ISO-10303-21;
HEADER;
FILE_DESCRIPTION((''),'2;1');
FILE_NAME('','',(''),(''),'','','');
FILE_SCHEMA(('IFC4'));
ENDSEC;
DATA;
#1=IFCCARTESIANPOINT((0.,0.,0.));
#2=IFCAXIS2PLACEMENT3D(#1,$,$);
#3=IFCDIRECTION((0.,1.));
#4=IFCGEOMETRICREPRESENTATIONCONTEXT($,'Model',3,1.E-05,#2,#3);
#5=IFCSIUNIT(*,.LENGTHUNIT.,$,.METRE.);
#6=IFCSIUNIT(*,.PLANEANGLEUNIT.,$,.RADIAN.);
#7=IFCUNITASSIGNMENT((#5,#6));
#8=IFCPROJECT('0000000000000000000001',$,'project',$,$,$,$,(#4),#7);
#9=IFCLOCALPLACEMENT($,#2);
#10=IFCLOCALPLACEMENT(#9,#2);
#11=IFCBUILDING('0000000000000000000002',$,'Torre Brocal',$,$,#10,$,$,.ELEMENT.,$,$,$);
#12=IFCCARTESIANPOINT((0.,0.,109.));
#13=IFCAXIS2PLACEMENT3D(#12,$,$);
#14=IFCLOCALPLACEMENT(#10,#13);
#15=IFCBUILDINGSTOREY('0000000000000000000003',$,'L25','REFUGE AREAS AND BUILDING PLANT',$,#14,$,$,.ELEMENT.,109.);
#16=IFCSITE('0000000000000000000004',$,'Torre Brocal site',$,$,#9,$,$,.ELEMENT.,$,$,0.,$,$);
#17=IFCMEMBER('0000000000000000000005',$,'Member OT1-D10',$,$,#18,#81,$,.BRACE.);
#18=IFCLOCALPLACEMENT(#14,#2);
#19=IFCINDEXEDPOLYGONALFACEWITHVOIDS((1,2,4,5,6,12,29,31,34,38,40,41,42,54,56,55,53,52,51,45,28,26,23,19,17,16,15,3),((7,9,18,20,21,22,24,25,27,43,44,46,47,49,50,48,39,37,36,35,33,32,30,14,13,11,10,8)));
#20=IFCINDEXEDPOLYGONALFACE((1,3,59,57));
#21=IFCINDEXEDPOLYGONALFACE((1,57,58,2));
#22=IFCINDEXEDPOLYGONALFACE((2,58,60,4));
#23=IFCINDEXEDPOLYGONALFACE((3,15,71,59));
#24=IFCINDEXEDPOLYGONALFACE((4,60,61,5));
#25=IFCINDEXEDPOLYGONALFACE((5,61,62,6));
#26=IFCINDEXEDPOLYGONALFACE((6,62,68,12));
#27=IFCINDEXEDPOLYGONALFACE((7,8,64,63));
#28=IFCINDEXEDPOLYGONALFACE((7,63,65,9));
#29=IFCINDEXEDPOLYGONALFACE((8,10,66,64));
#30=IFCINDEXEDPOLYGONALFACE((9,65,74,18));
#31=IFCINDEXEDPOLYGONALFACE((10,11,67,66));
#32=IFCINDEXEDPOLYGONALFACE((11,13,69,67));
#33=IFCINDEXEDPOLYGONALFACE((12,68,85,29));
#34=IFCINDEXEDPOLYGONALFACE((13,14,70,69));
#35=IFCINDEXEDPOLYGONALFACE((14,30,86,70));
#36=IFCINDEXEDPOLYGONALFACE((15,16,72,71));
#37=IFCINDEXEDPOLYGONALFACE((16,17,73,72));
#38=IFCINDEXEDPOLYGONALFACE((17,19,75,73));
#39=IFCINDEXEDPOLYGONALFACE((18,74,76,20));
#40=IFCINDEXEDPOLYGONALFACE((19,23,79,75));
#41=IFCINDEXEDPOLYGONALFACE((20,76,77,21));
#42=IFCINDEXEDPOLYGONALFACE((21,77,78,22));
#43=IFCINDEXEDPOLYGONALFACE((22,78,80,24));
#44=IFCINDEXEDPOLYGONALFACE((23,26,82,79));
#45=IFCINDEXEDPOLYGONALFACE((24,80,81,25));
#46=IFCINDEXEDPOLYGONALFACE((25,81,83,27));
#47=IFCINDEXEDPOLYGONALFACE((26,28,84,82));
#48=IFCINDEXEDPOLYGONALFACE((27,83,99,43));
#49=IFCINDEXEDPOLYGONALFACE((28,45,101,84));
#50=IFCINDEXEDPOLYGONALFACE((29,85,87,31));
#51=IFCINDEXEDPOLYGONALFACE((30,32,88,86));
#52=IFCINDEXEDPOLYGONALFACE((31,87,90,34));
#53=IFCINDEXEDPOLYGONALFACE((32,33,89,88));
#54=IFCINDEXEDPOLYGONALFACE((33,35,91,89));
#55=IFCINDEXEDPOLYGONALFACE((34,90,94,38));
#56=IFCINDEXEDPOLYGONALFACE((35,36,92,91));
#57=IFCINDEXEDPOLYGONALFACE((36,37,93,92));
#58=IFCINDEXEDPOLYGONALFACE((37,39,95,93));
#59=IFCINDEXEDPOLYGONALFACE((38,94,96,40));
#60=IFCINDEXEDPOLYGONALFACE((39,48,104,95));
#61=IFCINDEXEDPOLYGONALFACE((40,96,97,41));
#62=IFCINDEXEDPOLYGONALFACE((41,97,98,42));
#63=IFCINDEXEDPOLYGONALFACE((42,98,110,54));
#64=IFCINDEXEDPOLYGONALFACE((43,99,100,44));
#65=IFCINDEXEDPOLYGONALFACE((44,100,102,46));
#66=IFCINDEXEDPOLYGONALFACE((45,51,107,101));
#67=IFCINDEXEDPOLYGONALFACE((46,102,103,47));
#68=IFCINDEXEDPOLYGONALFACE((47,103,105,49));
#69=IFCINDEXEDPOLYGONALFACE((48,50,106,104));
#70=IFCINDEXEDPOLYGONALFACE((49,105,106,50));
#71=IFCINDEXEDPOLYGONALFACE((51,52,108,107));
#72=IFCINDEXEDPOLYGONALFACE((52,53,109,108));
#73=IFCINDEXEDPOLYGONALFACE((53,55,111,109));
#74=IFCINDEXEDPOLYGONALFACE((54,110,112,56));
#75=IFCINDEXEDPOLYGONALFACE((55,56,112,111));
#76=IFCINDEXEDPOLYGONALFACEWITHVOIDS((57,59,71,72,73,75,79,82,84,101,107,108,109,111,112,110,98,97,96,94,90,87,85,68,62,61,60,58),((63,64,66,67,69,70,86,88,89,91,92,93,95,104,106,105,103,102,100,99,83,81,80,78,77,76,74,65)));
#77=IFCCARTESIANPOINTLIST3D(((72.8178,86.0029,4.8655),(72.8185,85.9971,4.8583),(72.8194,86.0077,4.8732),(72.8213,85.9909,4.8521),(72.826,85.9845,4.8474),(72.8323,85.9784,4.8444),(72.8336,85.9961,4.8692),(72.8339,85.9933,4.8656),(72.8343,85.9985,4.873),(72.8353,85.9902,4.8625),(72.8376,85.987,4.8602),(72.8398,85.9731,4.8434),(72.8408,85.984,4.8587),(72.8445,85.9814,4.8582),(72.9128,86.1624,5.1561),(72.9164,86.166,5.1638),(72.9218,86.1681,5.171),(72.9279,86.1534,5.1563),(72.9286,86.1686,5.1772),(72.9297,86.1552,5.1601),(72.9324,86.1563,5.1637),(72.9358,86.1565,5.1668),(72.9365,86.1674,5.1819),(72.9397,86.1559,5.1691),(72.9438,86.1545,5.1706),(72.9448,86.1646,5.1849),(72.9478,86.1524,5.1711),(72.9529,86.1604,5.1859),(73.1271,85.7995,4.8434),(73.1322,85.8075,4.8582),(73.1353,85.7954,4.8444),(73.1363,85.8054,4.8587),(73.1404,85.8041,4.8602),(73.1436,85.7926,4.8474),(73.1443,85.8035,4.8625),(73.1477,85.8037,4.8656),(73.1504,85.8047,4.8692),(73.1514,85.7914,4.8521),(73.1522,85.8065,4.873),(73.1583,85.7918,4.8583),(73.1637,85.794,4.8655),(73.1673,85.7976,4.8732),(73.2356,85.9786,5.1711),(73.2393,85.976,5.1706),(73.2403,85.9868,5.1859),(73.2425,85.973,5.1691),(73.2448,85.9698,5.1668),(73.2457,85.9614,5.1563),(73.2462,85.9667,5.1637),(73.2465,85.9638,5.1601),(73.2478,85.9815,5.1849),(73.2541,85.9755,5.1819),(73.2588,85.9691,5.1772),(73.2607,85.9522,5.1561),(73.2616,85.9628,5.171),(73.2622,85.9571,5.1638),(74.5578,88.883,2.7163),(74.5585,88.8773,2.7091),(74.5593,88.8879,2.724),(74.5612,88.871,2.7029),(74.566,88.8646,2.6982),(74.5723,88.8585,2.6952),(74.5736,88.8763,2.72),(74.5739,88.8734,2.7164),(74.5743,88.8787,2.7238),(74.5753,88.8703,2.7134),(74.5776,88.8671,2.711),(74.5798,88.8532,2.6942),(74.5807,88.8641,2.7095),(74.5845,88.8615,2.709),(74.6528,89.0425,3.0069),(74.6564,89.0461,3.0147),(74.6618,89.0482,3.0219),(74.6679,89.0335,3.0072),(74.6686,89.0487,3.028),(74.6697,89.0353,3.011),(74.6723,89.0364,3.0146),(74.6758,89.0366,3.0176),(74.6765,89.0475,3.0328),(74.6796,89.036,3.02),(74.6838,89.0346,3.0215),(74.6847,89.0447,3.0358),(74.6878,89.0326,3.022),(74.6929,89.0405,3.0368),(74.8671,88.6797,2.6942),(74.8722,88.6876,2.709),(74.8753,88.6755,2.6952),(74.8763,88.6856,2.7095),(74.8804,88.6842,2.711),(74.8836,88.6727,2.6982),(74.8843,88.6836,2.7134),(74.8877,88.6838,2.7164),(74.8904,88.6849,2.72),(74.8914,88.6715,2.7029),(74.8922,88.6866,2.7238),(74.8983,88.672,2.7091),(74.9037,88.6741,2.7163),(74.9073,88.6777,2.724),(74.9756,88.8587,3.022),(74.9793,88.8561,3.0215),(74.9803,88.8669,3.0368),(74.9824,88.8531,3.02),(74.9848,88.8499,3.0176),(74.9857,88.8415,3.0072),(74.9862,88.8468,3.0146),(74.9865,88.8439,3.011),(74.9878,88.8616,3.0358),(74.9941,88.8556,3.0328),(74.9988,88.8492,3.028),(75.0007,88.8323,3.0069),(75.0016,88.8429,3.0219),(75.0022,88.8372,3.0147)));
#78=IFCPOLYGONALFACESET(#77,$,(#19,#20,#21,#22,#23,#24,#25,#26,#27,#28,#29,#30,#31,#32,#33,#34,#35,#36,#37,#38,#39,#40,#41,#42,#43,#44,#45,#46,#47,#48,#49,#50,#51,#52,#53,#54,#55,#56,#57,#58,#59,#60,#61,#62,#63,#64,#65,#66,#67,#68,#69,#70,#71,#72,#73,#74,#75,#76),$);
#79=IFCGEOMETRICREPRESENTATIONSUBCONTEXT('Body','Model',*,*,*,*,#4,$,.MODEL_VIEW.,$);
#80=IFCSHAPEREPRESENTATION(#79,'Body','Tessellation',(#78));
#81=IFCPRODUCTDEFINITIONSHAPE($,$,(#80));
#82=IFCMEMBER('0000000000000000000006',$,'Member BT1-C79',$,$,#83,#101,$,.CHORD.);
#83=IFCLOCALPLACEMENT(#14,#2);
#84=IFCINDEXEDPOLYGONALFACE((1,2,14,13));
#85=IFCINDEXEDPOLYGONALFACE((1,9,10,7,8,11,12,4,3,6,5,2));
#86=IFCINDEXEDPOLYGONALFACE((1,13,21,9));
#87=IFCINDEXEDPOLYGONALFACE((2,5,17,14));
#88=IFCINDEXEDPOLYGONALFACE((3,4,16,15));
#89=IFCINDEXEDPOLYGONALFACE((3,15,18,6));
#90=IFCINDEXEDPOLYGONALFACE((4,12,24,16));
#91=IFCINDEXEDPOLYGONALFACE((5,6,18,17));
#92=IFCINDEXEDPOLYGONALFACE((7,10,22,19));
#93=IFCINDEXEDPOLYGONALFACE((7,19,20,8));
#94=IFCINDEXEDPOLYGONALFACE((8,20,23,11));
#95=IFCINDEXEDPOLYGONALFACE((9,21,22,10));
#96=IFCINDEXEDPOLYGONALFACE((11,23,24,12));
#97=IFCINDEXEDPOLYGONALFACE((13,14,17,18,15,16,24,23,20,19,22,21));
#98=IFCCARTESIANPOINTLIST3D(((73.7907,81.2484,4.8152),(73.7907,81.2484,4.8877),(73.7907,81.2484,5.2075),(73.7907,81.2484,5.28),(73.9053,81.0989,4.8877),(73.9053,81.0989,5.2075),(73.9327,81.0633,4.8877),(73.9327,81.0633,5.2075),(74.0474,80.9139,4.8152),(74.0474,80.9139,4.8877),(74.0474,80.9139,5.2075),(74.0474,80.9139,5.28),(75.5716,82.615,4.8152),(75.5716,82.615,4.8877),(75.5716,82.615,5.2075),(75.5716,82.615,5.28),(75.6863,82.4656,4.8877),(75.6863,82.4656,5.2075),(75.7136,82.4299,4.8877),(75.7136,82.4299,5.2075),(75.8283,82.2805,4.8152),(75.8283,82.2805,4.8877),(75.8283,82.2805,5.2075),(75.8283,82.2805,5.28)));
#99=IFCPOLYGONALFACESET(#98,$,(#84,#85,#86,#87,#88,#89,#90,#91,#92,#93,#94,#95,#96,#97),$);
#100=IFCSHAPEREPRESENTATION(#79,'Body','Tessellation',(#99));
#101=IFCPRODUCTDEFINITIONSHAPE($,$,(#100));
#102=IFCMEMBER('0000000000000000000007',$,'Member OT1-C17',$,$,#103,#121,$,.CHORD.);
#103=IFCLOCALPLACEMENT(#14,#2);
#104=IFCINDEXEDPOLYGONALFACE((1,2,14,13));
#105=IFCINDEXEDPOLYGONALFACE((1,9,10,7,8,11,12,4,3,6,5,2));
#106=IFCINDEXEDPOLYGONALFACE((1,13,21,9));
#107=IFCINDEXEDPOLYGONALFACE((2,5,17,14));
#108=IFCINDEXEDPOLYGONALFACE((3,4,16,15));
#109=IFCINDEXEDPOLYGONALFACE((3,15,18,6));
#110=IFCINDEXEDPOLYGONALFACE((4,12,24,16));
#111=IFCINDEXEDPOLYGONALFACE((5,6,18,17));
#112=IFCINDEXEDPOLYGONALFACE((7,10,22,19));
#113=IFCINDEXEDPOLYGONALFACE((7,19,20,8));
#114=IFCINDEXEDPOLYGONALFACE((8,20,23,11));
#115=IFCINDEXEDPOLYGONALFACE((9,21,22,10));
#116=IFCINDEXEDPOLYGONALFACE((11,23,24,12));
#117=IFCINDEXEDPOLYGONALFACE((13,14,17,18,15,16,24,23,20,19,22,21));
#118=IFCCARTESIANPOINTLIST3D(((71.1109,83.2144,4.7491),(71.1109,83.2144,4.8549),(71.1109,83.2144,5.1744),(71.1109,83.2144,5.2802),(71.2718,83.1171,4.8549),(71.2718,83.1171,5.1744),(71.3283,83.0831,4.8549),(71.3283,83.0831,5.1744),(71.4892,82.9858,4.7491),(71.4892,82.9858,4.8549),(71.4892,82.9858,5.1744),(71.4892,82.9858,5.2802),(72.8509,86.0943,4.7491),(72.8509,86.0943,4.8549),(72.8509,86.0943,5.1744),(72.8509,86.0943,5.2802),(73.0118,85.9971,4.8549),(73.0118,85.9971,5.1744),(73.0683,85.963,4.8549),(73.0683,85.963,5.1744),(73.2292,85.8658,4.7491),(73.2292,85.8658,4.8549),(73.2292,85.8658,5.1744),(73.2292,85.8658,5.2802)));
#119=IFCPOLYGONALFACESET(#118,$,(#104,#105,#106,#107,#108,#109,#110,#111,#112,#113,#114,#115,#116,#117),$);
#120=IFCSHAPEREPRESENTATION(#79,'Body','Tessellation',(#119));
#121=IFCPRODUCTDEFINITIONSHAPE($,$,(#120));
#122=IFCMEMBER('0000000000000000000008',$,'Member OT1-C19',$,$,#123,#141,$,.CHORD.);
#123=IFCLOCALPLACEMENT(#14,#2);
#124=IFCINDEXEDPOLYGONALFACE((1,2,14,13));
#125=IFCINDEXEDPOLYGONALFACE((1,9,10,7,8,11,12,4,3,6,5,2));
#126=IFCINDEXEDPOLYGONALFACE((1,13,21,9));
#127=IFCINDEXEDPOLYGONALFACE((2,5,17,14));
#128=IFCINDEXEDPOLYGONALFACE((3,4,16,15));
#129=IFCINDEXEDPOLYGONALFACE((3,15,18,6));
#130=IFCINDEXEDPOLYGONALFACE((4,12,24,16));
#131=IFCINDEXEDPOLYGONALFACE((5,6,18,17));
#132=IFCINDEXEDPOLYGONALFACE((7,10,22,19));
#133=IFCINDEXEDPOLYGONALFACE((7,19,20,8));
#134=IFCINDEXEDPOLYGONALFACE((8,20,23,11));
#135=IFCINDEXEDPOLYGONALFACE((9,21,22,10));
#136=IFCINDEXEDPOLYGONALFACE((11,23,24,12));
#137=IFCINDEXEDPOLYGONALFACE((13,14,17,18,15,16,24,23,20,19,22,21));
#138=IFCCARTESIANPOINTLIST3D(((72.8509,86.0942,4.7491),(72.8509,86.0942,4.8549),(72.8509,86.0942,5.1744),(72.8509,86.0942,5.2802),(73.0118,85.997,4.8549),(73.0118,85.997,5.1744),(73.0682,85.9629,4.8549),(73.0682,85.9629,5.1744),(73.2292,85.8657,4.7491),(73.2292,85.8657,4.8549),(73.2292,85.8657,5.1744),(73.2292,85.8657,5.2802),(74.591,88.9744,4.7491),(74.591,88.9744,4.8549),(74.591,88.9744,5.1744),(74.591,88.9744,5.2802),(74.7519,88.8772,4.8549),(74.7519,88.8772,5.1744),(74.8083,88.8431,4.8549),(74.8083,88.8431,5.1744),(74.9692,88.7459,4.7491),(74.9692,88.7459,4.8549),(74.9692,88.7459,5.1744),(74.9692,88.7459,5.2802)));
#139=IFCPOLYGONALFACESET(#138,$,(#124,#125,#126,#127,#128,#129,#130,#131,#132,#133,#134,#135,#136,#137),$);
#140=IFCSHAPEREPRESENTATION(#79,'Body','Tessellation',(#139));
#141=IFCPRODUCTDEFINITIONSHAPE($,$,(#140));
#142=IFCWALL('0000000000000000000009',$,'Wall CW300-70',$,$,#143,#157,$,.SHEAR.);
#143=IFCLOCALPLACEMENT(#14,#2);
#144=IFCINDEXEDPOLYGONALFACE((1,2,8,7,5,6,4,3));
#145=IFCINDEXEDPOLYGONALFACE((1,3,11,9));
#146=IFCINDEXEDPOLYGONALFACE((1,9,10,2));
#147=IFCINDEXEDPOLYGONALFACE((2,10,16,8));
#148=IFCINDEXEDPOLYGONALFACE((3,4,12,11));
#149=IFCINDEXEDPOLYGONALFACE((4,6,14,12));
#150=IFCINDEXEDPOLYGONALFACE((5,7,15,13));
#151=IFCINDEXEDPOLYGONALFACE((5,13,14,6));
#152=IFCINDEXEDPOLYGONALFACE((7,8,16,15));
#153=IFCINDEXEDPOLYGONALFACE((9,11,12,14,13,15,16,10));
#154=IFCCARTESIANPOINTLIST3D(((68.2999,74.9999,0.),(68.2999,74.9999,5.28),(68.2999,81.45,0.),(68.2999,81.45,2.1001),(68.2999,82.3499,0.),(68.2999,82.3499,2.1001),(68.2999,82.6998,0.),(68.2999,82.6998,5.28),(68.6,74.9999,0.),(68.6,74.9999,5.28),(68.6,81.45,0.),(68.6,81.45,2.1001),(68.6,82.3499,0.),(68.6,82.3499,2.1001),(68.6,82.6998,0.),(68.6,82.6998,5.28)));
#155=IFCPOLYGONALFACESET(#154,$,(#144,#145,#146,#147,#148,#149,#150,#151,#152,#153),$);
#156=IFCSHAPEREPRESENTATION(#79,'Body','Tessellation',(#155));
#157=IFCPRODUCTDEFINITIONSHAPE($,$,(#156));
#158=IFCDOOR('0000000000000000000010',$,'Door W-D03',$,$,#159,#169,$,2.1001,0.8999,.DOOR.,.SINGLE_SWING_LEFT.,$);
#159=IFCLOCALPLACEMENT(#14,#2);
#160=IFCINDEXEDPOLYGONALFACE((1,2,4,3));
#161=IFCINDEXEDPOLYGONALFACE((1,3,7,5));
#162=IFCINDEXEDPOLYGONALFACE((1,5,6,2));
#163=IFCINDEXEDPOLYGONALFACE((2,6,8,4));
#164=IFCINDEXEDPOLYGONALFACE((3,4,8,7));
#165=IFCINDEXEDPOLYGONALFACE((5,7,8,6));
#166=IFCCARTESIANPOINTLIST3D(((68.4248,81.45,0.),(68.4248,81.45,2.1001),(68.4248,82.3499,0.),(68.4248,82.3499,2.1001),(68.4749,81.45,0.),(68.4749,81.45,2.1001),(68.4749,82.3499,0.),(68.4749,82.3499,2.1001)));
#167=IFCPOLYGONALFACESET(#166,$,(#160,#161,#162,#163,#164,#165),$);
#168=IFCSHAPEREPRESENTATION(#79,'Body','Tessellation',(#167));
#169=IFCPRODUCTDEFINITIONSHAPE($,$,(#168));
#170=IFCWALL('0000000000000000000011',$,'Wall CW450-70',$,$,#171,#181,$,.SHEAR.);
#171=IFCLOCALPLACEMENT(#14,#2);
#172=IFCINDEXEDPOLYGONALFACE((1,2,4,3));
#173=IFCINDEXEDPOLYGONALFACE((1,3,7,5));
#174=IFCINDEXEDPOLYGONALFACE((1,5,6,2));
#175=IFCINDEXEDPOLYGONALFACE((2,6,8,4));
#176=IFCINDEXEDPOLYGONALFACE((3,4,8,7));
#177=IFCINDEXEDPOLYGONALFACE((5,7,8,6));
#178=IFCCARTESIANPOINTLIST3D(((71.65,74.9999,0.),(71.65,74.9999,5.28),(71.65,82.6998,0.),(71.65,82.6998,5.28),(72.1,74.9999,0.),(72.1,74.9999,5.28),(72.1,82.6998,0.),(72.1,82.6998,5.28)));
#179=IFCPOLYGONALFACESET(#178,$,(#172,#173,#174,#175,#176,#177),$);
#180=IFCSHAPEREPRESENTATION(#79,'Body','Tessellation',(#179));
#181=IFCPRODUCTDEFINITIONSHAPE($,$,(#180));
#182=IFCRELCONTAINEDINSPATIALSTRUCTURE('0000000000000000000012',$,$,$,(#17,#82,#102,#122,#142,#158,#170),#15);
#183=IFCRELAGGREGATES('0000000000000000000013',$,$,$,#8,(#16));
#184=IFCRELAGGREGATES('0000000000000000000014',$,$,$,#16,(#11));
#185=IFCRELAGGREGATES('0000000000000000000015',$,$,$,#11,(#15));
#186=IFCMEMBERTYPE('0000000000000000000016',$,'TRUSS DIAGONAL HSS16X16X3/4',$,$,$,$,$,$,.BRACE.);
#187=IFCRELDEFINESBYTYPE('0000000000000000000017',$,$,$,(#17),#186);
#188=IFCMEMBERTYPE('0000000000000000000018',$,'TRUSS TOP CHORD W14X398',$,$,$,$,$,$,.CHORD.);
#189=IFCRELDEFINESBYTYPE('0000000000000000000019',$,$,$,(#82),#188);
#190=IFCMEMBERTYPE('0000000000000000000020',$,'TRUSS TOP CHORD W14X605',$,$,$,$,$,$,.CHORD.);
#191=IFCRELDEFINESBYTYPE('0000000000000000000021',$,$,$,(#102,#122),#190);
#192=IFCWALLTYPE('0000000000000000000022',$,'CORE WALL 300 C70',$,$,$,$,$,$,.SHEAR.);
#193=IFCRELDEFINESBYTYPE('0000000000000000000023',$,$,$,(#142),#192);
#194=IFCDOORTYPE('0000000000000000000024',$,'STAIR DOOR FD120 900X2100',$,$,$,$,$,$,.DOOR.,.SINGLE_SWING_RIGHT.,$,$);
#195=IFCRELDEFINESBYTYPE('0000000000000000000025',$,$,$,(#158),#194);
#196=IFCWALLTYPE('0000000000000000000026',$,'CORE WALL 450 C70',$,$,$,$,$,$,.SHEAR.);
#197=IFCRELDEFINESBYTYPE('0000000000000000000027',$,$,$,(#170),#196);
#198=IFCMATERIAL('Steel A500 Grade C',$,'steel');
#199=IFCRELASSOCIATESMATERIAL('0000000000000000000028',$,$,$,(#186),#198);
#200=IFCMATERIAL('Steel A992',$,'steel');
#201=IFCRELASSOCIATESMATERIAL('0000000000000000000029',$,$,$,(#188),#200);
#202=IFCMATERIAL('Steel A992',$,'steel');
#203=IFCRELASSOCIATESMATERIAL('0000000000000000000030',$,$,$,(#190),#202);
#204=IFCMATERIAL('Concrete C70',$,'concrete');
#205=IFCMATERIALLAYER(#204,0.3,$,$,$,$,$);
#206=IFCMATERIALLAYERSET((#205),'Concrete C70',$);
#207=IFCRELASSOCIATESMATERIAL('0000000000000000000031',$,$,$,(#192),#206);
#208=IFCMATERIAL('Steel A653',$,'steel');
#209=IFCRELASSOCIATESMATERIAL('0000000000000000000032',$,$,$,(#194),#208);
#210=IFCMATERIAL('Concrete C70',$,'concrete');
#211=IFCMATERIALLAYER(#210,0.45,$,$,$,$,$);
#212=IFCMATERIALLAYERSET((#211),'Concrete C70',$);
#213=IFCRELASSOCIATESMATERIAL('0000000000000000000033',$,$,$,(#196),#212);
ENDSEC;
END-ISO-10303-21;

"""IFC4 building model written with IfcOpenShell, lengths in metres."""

from ifc_helpers import new_model, si_unit, direction, frame, frame_2d, origin, origin_2d, place, context, subcontext, project, spatial, rectangle, hollow_rectangle, i_section, extrude, material, layer, layer_set, material_profile, profile_set, type_object, element, fill, save


model = new_model("IFC4")

# Units and contexts
model_context = context("Model", 3, precision=1e-05, world=origin(), true_north=direction((0.0, 1.0)))
body_context = subcontext(model_context, "Body", "Model", "MODEL_VIEW")
ifc_project = project(units=[si_unit("LENGTHUNIT", "METRE"), si_unit("PLANEANGLEUNIT", "RADIAN")], contexts=[model_context])

# Site, building, storey
site_placement = place(None, origin())
site = spatial("IfcSite", under=ifc_project, at=site_placement, Name="Torre Brocal site", CompositionType="ELEMENT", RefElevation=0.0)
building_placement = place(site_placement, origin())
building = spatial("IfcBuilding", under=site, at=building_placement, Name="Torre Brocal", CompositionType="ELEMENT")
storey_placement = place(building_placement, frame((0.0, 0.0, 109.0)))
storey = spatial("IfcBuildingStorey", under=building, at=storey_placement, Name="L25", Description="REFUGE AREAS AND BUILDING PLANT", CompositionType="ELEMENT", Elevation=109.0)

# Members
ifc_material_1 = material(Name="Steel A500 Grade C", Category="steel")
ifc_material_profile_1 = material_profile(ifc_material_1, hollow_rectangle(XDim=0.4065, YDim=0.4065, WallThickness=0.0176, InnerFilletRadius=0.0176, OuterFilletRadius=0.0354, at=origin_2d()), Name="HSS16X16X3/4")
ifc_profile_set_1 = profile_set([ifc_material_profile_1], Name="Steel A500 Grade C")
member_type_1 = type_object("IfcMemberType", Name="TRUSS DIAGONAL HSS16X16X3/4", PredefinedType="BRACE", material=ifc_profile_set_1)
member_1_placement = place(storey_placement, frame((73.04, 85.98, 5.0146), z_axis=(0.435793, 0.721349, -0.538275), x_axis=(-0.855927, 0.517097, 0.0)))
element("IfcMember", 1, at=member_1_placement, inside=storey, type_object=member_type_1, Name="Member OT1-D10", PredefinedType="BRACE", context=body_context, shape_type="SweptSolid", body=[
    extrude(hollow_rectangle(XDim=0.4065, YDim=0.4065, WallThickness=0.0176, InnerFilletRadius=0.0176, OuterFilletRadius=0.0354, at=origin_2d()), origin(), (0.0, 0.0, 1.0), 3.9927),
])
ifc_material_2 = material(Name="Steel A992", Category="steel")
ifc_material_profile_2 = material_profile(ifc_material_2, i_section(OverallWidth=0.4216, OverallDepth=0.4648, WebThickness=0.0449, FlangeThickness=0.0725, at=origin_2d()), Name="W14X398")
ifc_profile_set_2 = profile_set([ifc_material_profile_2], Name="Steel A992")
member_type_2 = type_object("IfcMemberType", Name="TRUSS TOP CHORD W14X398", PredefinedType="CHORD", material=ifc_profile_set_2)
member_2_placement = place(storey_placement, frame((75.7, 82.4478, 5.0476), z_axis=(-0.793335, -0.608785, 0.0), x_axis=(0.608785, -0.793335, 0.0)))
element("IfcMember", 2, at=member_2_placement, inside=storey, type_object=member_type_2, Name="Member BT1-C79", PredefinedType="CHORD", context=body_context, shape_type="SweptSolid", body=[
    extrude(i_section(OverallWidth=0.4216, OverallDepth=0.4648, WebThickness=0.0449, FlangeThickness=0.0725, at=origin_2d()), origin(), (0.0, 0.0, 1.0), 2.2449),
])
ifc_material_3 = material(Name="Steel A992", Category="steel")
ifc_material_profile_3 = material_profile(ifc_material_3, i_section(OverallWidth=0.4419, OverallDepth=0.531, WebThickness=0.0659, FlangeThickness=0.1057, at=origin_2d()), Name="W14X605")
ifc_profile_set_3 = profile_set([ifc_material_profile_3], Name="Steel A992")
member_type_3 = type_object("IfcMemberType", Name="TRUSS TOP CHORD W14X605", PredefinedType="CHORD", material=ifc_profile_set_3)
member_3_placement = place(storey_placement, frame((71.3, 83.1001, 5.0146), z_axis=(0.517129, 0.855908, 0.0), x_axis=(-0.855908, 0.517129, 0.0)))
element("IfcMember", 3, at=member_3_placement, inside=storey, type_object=member_type_3, Name="Member OT1-C17", PredefinedType="CHORD", context=body_context, shape_type="SweptSolid", body=[
    extrude(i_section(OverallWidth=0.4419, OverallDepth=0.531, WebThickness=0.0659, FlangeThickness=0.1057, at=origin_2d()), origin(), (0.0, 0.0, 1.0), 3.3647),
])
member_4_placement = place(storey_placement, frame((73.04, 85.98, 5.0146), z_axis=(0.517097, 0.855927, 0.0), x_axis=(-0.855927, 0.517097, 0.0)))
element("IfcMember", 4, at=member_4_placement, inside=storey, type_object=member_type_3, Name="Member OT1-C19", PredefinedType="CHORD", context=body_context, shape_type="SweptSolid", body=[
    extrude(i_section(OverallWidth=0.4419, OverallDepth=0.531, WebThickness=0.0659, FlangeThickness=0.1057, at=origin_2d()), origin(), (0.0, 0.0, 1.0), 3.365),
])

# Wall, opening, door
ifc_material_4 = material(Name="Concrete C70", Category="concrete")
ifc_layer_1 = layer(ifc_material_4, 0.3)
ifc_layer_set_1 = layer_set([ifc_layer_1], Name="Concrete C70")
wall_type_1 = type_object("IfcWallType", Name="CORE WALL 300 C70", PredefinedType="SHEAR", material=ifc_layer_set_1)
wall_1_placement = place(storey_placement, frame((68.45, 82.7, 0.0), z_axis=(0.0, 0.0, 1.0), x_axis=(0.0, -1.0, 0.0)))
wall_1 = element("IfcWall", 5, at=wall_1_placement, inside=storey, type_object=wall_type_1, Name="Wall CW300-70", PredefinedType="SHEAR", context=body_context, shape_type="SweptSolid", body=[
    extrude(rectangle(XDim=7.7, YDim=0.3, at=frame_2d((3.8501, 0.0))), origin(), (0.0, 0.0, 1.0), 5.28),
])
opening_1_placement = place(wall_1_placement, frame((0.3501, 0.0, 0.0)))
opening_1 = element("IfcOpeningElement", 6, at=opening_1_placement, cuts=wall_1, PredefinedType="OPENING", context=body_context, shape_type="SweptSolid", body=[
    extrude(rectangle(XDim=0.8999, YDim=2.1001, at=frame_2d((0.45, 1.05))), frame((0.0, 0.1599, 0.0), z_axis=(0.0, -1.0, 0.0), x_axis=(1.0, 0.0, 0.0)), (0.0, 0.0, 1.0), 0.3201),
])
ifc_material_5 = material(Name="Steel A653", Category="steel")
door_type_1 = type_object("IfcDoorType", Name="STAIR DOOR FD120 900X2100", OperationType="SINGLE_SWING_RIGHT", PredefinedType="DOOR", material=ifc_material_5)
door_1_placement = place(opening_1_placement, origin())
door_1 = element("IfcDoor", 7, at=door_1_placement, inside=storey, type_object=door_type_1, Name="Door W-D03", OperationType="SINGLE_SWING_LEFT", OverallHeight=2.1001, OverallWidth=0.8999, PredefinedType="DOOR", context=body_context, shape_type="SweptSolid", body=[
    extrude(rectangle(XDim=0.8999, YDim=2.1001, at=frame_2d((0.45, 1.05))), frame((0.0, 0.0249, 0.0), z_axis=(0.0, -1.0, 0.0), x_axis=(1.0, 0.0, 0.0)), (0.0, 0.0, 1.0), 0.05),
])
fill(opening_1, door_1)

# Wall
ifc_material_6 = material(Name="Concrete C70", Category="concrete")
ifc_layer_2 = layer(ifc_material_6, 0.45)
ifc_layer_set_2 = layer_set([ifc_layer_2], Name="Concrete C70")
wall_type_2 = type_object("IfcWallType", Name="CORE WALL 450 C70", PredefinedType="SHEAR", material=ifc_layer_set_2)
wall_2_placement = place(storey_placement, frame((71.875, 82.7, 0.0), z_axis=(0.0, 0.0, 1.0), x_axis=(0.0, -1.0, 0.0)))
element("IfcWall", 8, at=wall_2_placement, inside=storey, type_object=wall_type_2, Name="Wall CW450-70", PredefinedType="SHEAR", context=body_context, shape_type="SweptSolid", body=[
    extrude(rectangle(XDim=7.7, YDim=0.45, at=frame_2d((3.8501, 0.0))), origin(), (0.0, 0.0, 1.0), 5.28),
])

save(model, "model.ifc")
